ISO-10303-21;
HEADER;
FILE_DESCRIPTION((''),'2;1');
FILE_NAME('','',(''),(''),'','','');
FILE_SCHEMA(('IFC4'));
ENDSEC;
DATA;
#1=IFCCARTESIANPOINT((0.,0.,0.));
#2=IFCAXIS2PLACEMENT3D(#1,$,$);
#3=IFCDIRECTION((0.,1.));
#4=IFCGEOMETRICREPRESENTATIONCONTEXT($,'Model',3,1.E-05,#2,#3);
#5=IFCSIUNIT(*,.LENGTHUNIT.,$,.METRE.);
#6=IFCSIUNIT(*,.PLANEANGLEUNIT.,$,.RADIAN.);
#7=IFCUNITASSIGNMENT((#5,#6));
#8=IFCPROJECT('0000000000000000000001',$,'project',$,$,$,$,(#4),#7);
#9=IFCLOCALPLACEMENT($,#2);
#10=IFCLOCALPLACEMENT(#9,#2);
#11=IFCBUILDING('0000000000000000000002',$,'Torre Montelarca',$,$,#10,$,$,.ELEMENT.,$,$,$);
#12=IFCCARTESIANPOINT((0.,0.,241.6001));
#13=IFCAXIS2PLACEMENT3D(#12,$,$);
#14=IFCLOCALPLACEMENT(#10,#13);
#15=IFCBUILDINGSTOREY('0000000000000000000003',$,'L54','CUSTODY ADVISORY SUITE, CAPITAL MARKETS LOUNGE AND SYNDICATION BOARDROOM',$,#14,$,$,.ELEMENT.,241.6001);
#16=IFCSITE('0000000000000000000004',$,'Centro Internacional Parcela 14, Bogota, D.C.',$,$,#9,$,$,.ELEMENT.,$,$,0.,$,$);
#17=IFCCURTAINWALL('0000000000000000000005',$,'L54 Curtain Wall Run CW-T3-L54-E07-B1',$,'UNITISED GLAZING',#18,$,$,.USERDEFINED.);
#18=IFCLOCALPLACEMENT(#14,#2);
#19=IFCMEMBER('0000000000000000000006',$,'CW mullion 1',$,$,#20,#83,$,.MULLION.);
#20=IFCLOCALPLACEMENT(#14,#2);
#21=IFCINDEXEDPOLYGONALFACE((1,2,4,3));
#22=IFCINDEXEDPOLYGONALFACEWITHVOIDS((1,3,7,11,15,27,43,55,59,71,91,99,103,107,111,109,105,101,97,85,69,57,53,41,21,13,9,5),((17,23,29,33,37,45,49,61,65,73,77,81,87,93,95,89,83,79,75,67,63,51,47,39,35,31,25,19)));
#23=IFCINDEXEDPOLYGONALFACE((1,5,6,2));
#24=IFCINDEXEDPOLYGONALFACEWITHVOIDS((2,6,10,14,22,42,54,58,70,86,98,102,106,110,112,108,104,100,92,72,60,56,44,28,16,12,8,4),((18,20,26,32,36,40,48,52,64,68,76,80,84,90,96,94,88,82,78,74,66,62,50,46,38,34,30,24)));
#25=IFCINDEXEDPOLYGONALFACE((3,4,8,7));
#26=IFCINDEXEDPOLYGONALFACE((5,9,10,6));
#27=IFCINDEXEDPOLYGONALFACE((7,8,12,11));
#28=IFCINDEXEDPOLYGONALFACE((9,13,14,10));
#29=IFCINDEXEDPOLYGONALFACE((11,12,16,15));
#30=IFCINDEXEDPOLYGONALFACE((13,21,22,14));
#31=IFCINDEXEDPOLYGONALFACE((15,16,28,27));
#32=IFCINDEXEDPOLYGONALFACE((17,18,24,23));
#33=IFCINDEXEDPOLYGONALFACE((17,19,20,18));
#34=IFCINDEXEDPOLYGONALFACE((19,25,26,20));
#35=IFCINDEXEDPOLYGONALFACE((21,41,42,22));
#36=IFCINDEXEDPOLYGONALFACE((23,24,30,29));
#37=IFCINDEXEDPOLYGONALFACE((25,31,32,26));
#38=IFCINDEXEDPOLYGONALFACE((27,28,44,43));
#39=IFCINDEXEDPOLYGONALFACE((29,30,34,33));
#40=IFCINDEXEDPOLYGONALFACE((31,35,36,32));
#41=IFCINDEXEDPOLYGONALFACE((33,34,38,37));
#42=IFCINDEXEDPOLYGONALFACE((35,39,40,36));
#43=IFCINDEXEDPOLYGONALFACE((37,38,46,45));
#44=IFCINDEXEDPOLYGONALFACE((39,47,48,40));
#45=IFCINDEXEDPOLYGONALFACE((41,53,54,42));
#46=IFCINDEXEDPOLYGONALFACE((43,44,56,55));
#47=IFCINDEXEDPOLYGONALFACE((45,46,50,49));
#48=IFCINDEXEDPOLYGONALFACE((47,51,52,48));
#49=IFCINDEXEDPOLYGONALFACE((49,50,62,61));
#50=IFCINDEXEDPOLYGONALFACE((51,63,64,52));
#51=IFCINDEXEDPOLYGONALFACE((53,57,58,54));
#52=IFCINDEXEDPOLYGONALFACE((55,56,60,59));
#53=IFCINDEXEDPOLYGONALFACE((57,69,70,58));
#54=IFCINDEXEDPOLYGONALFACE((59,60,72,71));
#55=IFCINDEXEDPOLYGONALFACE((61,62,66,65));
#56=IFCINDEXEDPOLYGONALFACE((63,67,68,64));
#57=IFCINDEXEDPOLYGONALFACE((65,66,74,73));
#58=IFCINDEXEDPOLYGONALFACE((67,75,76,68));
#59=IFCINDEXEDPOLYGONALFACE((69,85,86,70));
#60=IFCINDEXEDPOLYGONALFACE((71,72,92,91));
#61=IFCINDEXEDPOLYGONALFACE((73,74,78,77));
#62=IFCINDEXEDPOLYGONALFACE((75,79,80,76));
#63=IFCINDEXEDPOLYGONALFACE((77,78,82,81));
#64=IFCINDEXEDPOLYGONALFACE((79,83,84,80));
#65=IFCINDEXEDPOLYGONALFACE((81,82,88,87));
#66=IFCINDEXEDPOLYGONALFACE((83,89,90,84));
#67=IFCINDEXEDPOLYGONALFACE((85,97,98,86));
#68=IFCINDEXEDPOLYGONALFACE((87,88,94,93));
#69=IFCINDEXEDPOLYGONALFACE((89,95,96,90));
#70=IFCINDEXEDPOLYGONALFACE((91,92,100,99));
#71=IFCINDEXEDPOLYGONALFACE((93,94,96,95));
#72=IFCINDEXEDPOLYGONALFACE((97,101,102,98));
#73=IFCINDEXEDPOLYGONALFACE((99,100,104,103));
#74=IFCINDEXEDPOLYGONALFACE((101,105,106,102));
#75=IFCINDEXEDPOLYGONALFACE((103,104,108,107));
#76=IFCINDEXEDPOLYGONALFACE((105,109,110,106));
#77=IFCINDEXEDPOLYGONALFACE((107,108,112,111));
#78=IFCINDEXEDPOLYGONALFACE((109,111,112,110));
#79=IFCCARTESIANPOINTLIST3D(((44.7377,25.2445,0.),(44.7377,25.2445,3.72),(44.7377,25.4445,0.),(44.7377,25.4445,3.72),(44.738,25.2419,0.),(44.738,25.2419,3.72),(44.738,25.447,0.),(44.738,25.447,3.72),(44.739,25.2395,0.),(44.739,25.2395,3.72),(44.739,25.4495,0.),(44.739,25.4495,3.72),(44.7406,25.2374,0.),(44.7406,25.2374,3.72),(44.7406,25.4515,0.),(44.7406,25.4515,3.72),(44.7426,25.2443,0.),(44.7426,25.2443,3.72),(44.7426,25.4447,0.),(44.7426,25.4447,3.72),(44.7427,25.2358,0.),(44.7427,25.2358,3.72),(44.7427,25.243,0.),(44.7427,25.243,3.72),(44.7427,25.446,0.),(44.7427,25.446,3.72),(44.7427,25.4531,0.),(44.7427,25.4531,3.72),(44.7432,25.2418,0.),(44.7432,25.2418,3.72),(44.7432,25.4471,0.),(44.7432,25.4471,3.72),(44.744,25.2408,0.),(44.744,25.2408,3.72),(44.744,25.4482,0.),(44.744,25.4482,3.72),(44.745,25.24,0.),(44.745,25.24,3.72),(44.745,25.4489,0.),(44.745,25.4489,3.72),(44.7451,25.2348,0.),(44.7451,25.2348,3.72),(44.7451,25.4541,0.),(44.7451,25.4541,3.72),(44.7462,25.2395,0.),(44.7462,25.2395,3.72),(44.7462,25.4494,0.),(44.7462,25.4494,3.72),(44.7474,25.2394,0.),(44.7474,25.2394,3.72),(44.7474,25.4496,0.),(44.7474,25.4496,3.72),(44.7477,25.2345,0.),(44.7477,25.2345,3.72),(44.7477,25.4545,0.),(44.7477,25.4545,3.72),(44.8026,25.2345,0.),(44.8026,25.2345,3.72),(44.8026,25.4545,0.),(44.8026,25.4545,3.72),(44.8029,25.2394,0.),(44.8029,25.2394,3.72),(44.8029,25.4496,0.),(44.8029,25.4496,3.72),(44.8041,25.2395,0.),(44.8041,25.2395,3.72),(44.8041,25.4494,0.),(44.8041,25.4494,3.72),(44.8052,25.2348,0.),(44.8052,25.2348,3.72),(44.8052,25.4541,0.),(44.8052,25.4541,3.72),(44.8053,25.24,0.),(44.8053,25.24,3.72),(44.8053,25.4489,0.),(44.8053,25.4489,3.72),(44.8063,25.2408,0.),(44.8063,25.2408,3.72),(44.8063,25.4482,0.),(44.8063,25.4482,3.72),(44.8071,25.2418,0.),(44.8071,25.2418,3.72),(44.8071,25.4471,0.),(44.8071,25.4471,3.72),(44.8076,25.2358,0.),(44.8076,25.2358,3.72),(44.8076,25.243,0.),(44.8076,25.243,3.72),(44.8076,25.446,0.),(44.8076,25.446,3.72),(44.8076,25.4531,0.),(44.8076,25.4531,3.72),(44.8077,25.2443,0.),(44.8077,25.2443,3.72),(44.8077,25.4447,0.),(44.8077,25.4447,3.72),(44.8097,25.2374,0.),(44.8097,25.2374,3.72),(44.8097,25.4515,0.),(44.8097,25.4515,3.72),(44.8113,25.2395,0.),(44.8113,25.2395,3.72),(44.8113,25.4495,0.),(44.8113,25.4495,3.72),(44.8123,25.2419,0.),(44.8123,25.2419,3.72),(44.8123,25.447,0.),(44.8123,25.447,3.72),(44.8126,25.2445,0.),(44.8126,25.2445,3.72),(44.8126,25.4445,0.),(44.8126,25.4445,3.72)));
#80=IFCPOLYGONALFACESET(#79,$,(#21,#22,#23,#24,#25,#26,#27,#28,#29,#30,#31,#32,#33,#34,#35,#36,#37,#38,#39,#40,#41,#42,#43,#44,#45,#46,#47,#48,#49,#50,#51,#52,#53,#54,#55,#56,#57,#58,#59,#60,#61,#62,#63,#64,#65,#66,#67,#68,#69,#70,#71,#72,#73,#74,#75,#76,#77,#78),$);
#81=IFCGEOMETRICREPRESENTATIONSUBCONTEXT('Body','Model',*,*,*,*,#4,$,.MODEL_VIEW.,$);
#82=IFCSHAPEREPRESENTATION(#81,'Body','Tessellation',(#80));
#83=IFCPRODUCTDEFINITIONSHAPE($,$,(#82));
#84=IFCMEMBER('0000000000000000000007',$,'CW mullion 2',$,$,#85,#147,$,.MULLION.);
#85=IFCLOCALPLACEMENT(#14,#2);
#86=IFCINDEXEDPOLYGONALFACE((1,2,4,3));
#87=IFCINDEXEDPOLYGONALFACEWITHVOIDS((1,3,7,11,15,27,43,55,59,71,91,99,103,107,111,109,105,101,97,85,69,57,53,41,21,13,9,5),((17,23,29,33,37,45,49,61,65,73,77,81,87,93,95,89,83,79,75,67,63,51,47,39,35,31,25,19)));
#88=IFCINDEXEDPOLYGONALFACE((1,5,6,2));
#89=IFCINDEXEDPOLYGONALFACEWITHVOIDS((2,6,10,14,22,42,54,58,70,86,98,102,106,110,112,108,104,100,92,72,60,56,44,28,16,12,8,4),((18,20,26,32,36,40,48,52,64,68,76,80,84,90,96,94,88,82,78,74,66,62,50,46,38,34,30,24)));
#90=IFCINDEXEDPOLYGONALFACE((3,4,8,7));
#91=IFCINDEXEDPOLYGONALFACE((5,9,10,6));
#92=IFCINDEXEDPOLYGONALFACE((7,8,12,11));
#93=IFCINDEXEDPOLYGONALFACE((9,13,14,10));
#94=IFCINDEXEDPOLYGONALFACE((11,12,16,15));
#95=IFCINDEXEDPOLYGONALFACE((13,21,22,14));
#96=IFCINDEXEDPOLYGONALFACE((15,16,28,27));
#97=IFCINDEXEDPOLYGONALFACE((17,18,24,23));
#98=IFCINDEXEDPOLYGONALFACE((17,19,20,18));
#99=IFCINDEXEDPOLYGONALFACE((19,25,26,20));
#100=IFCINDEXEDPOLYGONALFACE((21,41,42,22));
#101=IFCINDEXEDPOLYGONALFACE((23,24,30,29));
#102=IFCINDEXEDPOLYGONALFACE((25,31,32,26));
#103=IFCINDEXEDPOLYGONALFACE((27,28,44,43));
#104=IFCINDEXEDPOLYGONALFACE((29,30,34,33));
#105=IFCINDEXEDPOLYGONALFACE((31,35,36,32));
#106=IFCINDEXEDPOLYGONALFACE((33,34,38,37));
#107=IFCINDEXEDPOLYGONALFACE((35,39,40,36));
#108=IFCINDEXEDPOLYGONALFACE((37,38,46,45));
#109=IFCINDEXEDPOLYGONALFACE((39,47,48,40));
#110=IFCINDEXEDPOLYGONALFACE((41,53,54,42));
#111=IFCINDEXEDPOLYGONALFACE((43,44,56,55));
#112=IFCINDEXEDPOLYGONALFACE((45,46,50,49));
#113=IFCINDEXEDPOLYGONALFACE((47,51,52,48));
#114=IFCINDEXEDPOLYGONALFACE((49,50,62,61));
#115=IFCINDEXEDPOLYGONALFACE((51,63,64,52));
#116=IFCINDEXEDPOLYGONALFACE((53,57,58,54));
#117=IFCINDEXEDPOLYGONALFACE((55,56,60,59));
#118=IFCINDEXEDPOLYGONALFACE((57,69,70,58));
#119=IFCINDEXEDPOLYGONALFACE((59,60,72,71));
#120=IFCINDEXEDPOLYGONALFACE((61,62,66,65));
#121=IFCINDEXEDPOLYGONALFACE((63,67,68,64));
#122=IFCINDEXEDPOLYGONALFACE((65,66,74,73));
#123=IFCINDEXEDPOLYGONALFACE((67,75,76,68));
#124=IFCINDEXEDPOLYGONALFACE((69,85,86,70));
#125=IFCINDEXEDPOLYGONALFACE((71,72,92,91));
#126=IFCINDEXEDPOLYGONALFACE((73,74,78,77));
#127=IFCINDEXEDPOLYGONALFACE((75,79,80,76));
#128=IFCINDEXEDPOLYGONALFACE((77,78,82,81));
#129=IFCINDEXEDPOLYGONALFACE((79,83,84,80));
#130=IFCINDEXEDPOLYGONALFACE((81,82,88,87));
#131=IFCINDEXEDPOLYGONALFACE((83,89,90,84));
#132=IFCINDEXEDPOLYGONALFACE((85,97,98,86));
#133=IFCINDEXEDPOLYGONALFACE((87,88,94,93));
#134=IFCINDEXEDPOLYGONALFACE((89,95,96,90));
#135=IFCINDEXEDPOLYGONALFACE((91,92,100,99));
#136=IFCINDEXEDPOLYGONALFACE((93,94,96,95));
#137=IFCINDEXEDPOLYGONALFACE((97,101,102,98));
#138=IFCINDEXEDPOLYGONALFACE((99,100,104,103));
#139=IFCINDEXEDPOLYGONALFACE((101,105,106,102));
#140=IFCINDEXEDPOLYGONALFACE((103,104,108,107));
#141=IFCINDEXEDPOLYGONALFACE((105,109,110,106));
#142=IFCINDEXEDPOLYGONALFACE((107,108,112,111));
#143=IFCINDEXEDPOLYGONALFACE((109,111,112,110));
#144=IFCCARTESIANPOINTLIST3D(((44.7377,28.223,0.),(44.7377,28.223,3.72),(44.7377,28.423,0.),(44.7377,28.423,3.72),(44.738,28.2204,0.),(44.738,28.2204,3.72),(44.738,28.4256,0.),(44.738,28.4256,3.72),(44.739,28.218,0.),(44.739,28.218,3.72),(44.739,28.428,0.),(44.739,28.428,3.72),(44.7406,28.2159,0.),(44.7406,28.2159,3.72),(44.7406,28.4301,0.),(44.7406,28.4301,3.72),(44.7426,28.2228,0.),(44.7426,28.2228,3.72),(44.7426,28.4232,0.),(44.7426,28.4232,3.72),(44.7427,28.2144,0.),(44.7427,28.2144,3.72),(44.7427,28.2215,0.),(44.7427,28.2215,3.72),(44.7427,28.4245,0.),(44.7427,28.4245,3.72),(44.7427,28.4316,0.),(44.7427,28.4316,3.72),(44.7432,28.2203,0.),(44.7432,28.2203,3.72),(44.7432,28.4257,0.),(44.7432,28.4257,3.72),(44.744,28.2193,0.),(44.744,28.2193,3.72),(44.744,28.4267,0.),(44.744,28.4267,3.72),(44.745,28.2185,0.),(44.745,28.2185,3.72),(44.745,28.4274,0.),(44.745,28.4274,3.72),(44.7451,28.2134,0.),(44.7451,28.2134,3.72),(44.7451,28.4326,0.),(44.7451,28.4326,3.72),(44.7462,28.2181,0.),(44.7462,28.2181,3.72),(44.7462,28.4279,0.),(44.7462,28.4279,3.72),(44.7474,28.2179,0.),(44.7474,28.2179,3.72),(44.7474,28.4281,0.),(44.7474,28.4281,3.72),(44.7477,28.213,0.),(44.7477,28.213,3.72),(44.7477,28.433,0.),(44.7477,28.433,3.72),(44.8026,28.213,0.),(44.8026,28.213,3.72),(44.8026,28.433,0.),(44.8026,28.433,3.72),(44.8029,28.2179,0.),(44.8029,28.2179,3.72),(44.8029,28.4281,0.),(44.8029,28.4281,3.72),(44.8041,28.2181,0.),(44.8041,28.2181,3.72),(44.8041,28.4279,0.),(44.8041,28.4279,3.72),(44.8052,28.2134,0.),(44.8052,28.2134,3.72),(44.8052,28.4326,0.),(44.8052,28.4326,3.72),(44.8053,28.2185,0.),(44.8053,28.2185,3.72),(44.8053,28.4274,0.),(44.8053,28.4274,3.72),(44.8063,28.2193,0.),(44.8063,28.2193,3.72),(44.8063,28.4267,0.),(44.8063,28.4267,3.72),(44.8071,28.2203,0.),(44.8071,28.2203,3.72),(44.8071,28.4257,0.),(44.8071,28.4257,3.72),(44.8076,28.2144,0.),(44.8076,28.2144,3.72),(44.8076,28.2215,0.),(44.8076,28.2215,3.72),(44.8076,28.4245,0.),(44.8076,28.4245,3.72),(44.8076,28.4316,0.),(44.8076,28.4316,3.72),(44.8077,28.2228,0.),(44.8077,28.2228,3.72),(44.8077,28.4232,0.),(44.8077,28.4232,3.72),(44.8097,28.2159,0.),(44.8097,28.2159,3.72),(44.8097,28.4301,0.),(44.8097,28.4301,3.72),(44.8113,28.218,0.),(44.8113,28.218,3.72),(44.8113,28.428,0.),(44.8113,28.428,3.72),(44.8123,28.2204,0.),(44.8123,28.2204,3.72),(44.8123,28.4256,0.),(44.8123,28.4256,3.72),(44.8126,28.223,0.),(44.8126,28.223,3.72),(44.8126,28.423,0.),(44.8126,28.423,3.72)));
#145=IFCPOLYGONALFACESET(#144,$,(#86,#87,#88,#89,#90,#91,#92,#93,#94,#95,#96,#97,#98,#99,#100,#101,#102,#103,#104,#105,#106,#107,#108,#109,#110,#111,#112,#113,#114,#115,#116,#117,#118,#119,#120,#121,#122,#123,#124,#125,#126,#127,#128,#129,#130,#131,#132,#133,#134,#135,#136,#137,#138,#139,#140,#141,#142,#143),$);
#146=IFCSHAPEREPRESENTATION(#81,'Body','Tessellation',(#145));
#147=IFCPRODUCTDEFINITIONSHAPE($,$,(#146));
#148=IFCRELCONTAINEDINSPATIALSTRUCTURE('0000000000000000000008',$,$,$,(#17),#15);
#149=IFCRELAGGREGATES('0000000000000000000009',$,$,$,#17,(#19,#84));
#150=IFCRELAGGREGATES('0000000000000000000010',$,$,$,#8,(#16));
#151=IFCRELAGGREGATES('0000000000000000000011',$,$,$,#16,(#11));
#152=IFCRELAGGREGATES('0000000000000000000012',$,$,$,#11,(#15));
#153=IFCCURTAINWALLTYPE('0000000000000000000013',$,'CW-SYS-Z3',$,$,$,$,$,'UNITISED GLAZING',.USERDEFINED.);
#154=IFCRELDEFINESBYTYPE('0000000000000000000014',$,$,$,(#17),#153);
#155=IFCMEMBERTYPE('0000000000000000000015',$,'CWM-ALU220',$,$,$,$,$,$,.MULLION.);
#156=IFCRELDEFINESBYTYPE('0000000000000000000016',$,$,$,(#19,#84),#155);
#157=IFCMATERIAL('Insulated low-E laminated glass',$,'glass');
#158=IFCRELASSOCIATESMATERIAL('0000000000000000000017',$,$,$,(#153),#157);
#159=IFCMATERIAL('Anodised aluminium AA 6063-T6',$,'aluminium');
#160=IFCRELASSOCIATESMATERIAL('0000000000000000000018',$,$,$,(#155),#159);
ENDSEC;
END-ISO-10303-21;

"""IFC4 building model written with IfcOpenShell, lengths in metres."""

from ifc_helpers import new_model, si_unit, direction, frame, origin, origin_2d, place, context, subcontext, project, spatial, hollow_rectangle, extrude, source, transform, mapped, material, material_profile, profile_set, type_object, element, aggregate, save


model = new_model("IFC4")

# Units and contexts
model_context = context("Model", 3, precision=1e-05, world=origin(), true_north=direction((0.0, 1.0)))
body_context = subcontext(model_context, "Body", "Model", "MODEL_VIEW")
ifc_project = project(units=[si_unit("LENGTHUNIT", "METRE"), si_unit("PLANEANGLEUNIT", "RADIAN")], contexts=[model_context])

# Site, building, storey
site_placement = place(None, origin())
site = spatial("IfcSite", under=ifc_project, at=site_placement, Name="Centro Internacional Parcela 14, Bogota, D.C.", CompositionType="ELEMENT", RefElevation=0.0)
building_placement = place(site_placement, origin())
building = spatial("IfcBuilding", under=site, at=building_placement, Name="Torre Montelarca", CompositionType="ELEMENT")
storey_placement = place(building_placement, frame((0.0, 0.0, 241.6001)))
storey = spatial("IfcBuildingStorey", under=building, at=storey_placement, Name="L54", Description="CUSTODY ADVISORY SUITE, CAPITAL MARKETS LOUNGE AND SYNDICATION BOARDROOM", CompositionType="ELEMENT", Elevation=241.6001)

# Curtain wall
ifc_material_1 = material(Name="Insulated low-E laminated glass", Category="glass")
curtain_wall_type = type_object("IfcCurtainWallType", Name="CW-SYS-Z3", ElementType="UNITISED GLAZING", PredefinedType="USERDEFINED", material=ifc_material_1)
curtain_wall_1_placement = place(storey_placement, origin())
curtain_wall_1 = element("IfcCurtainWall", 1, at=curtain_wall_1_placement, inside=storey, type_object=curtain_wall_type, Name="L54 Curtain Wall Run CW-T3-L54-E07-B1", ObjectType="UNITISED GLAZING", PredefinedType="USERDEFINED")
ifc_material_2 = material(Name="Anodised aluminium AA 6063-T6", Category="aluminium")

# Shared definitions
ifc_material_profile_1 = material_profile(ifc_material_2, hollow_rectangle(XDim=0.075, YDim=0.22, WallThickness=0.0049, InnerFilletRadius=0.0049, OuterFilletRadius=0.01, at=origin_2d()), Name="ALU75X220X5", Category="aluminium")
ifc_profile_set_1 = profile_set([ifc_material_profile_1], Name="Anodised aluminium AA 6063-T6")
member_type_1 = type_object("IfcMemberType", Name="CWM-ALU220", PredefinedType="MULLION", material=ifc_profile_set_1)
shared_shape_1 = source(origin(), body_context, "Body", "SweptSolid", [
    extrude(hollow_rectangle(XDim=0.075, YDim=0.22, WallThickness=0.0049, InnerFilletRadius=0.0049, OuterFilletRadius=0.01, at=origin_2d()), origin(), (0.0, 0.0, 1.0), 3.72),
])

# Members
member_1_placement = place(storey_placement, frame((44.7751, 25.3445, 0.0), z_axis=(0.0, 0.0, 1.0), x_axis=(-1.0, 0.0, 0.0)))
member_1 = element("IfcMember", 2, at=member_1_placement, type_object=member_type_1, Name="CW mullion 1", PredefinedType="MULLION", context=body_context, shape_type="MappedRepresentation", body=[
    mapped(shared_shape_1, transform((0.0, 0.0, 0.0), scale=1.0)),
])
member_2_placement = place(storey_placement, frame((44.7751, 28.323, 0.0), z_axis=(0.0, 0.0, 1.0), x_axis=(-1.0, 0.0, 0.0)))
member_2 = element("IfcMember", 3, at=member_2_placement, type_object=member_type_1, Name="CW mullion 2", PredefinedType="MULLION", context=body_context, shape_type="MappedRepresentation", body=[
    mapped(shared_shape_1, transform((0.0, 0.0, 0.0), scale=1.0)),
])

aggregate(curtain_wall_1, [member_1, member_2])

save(model, "model.ifc")
